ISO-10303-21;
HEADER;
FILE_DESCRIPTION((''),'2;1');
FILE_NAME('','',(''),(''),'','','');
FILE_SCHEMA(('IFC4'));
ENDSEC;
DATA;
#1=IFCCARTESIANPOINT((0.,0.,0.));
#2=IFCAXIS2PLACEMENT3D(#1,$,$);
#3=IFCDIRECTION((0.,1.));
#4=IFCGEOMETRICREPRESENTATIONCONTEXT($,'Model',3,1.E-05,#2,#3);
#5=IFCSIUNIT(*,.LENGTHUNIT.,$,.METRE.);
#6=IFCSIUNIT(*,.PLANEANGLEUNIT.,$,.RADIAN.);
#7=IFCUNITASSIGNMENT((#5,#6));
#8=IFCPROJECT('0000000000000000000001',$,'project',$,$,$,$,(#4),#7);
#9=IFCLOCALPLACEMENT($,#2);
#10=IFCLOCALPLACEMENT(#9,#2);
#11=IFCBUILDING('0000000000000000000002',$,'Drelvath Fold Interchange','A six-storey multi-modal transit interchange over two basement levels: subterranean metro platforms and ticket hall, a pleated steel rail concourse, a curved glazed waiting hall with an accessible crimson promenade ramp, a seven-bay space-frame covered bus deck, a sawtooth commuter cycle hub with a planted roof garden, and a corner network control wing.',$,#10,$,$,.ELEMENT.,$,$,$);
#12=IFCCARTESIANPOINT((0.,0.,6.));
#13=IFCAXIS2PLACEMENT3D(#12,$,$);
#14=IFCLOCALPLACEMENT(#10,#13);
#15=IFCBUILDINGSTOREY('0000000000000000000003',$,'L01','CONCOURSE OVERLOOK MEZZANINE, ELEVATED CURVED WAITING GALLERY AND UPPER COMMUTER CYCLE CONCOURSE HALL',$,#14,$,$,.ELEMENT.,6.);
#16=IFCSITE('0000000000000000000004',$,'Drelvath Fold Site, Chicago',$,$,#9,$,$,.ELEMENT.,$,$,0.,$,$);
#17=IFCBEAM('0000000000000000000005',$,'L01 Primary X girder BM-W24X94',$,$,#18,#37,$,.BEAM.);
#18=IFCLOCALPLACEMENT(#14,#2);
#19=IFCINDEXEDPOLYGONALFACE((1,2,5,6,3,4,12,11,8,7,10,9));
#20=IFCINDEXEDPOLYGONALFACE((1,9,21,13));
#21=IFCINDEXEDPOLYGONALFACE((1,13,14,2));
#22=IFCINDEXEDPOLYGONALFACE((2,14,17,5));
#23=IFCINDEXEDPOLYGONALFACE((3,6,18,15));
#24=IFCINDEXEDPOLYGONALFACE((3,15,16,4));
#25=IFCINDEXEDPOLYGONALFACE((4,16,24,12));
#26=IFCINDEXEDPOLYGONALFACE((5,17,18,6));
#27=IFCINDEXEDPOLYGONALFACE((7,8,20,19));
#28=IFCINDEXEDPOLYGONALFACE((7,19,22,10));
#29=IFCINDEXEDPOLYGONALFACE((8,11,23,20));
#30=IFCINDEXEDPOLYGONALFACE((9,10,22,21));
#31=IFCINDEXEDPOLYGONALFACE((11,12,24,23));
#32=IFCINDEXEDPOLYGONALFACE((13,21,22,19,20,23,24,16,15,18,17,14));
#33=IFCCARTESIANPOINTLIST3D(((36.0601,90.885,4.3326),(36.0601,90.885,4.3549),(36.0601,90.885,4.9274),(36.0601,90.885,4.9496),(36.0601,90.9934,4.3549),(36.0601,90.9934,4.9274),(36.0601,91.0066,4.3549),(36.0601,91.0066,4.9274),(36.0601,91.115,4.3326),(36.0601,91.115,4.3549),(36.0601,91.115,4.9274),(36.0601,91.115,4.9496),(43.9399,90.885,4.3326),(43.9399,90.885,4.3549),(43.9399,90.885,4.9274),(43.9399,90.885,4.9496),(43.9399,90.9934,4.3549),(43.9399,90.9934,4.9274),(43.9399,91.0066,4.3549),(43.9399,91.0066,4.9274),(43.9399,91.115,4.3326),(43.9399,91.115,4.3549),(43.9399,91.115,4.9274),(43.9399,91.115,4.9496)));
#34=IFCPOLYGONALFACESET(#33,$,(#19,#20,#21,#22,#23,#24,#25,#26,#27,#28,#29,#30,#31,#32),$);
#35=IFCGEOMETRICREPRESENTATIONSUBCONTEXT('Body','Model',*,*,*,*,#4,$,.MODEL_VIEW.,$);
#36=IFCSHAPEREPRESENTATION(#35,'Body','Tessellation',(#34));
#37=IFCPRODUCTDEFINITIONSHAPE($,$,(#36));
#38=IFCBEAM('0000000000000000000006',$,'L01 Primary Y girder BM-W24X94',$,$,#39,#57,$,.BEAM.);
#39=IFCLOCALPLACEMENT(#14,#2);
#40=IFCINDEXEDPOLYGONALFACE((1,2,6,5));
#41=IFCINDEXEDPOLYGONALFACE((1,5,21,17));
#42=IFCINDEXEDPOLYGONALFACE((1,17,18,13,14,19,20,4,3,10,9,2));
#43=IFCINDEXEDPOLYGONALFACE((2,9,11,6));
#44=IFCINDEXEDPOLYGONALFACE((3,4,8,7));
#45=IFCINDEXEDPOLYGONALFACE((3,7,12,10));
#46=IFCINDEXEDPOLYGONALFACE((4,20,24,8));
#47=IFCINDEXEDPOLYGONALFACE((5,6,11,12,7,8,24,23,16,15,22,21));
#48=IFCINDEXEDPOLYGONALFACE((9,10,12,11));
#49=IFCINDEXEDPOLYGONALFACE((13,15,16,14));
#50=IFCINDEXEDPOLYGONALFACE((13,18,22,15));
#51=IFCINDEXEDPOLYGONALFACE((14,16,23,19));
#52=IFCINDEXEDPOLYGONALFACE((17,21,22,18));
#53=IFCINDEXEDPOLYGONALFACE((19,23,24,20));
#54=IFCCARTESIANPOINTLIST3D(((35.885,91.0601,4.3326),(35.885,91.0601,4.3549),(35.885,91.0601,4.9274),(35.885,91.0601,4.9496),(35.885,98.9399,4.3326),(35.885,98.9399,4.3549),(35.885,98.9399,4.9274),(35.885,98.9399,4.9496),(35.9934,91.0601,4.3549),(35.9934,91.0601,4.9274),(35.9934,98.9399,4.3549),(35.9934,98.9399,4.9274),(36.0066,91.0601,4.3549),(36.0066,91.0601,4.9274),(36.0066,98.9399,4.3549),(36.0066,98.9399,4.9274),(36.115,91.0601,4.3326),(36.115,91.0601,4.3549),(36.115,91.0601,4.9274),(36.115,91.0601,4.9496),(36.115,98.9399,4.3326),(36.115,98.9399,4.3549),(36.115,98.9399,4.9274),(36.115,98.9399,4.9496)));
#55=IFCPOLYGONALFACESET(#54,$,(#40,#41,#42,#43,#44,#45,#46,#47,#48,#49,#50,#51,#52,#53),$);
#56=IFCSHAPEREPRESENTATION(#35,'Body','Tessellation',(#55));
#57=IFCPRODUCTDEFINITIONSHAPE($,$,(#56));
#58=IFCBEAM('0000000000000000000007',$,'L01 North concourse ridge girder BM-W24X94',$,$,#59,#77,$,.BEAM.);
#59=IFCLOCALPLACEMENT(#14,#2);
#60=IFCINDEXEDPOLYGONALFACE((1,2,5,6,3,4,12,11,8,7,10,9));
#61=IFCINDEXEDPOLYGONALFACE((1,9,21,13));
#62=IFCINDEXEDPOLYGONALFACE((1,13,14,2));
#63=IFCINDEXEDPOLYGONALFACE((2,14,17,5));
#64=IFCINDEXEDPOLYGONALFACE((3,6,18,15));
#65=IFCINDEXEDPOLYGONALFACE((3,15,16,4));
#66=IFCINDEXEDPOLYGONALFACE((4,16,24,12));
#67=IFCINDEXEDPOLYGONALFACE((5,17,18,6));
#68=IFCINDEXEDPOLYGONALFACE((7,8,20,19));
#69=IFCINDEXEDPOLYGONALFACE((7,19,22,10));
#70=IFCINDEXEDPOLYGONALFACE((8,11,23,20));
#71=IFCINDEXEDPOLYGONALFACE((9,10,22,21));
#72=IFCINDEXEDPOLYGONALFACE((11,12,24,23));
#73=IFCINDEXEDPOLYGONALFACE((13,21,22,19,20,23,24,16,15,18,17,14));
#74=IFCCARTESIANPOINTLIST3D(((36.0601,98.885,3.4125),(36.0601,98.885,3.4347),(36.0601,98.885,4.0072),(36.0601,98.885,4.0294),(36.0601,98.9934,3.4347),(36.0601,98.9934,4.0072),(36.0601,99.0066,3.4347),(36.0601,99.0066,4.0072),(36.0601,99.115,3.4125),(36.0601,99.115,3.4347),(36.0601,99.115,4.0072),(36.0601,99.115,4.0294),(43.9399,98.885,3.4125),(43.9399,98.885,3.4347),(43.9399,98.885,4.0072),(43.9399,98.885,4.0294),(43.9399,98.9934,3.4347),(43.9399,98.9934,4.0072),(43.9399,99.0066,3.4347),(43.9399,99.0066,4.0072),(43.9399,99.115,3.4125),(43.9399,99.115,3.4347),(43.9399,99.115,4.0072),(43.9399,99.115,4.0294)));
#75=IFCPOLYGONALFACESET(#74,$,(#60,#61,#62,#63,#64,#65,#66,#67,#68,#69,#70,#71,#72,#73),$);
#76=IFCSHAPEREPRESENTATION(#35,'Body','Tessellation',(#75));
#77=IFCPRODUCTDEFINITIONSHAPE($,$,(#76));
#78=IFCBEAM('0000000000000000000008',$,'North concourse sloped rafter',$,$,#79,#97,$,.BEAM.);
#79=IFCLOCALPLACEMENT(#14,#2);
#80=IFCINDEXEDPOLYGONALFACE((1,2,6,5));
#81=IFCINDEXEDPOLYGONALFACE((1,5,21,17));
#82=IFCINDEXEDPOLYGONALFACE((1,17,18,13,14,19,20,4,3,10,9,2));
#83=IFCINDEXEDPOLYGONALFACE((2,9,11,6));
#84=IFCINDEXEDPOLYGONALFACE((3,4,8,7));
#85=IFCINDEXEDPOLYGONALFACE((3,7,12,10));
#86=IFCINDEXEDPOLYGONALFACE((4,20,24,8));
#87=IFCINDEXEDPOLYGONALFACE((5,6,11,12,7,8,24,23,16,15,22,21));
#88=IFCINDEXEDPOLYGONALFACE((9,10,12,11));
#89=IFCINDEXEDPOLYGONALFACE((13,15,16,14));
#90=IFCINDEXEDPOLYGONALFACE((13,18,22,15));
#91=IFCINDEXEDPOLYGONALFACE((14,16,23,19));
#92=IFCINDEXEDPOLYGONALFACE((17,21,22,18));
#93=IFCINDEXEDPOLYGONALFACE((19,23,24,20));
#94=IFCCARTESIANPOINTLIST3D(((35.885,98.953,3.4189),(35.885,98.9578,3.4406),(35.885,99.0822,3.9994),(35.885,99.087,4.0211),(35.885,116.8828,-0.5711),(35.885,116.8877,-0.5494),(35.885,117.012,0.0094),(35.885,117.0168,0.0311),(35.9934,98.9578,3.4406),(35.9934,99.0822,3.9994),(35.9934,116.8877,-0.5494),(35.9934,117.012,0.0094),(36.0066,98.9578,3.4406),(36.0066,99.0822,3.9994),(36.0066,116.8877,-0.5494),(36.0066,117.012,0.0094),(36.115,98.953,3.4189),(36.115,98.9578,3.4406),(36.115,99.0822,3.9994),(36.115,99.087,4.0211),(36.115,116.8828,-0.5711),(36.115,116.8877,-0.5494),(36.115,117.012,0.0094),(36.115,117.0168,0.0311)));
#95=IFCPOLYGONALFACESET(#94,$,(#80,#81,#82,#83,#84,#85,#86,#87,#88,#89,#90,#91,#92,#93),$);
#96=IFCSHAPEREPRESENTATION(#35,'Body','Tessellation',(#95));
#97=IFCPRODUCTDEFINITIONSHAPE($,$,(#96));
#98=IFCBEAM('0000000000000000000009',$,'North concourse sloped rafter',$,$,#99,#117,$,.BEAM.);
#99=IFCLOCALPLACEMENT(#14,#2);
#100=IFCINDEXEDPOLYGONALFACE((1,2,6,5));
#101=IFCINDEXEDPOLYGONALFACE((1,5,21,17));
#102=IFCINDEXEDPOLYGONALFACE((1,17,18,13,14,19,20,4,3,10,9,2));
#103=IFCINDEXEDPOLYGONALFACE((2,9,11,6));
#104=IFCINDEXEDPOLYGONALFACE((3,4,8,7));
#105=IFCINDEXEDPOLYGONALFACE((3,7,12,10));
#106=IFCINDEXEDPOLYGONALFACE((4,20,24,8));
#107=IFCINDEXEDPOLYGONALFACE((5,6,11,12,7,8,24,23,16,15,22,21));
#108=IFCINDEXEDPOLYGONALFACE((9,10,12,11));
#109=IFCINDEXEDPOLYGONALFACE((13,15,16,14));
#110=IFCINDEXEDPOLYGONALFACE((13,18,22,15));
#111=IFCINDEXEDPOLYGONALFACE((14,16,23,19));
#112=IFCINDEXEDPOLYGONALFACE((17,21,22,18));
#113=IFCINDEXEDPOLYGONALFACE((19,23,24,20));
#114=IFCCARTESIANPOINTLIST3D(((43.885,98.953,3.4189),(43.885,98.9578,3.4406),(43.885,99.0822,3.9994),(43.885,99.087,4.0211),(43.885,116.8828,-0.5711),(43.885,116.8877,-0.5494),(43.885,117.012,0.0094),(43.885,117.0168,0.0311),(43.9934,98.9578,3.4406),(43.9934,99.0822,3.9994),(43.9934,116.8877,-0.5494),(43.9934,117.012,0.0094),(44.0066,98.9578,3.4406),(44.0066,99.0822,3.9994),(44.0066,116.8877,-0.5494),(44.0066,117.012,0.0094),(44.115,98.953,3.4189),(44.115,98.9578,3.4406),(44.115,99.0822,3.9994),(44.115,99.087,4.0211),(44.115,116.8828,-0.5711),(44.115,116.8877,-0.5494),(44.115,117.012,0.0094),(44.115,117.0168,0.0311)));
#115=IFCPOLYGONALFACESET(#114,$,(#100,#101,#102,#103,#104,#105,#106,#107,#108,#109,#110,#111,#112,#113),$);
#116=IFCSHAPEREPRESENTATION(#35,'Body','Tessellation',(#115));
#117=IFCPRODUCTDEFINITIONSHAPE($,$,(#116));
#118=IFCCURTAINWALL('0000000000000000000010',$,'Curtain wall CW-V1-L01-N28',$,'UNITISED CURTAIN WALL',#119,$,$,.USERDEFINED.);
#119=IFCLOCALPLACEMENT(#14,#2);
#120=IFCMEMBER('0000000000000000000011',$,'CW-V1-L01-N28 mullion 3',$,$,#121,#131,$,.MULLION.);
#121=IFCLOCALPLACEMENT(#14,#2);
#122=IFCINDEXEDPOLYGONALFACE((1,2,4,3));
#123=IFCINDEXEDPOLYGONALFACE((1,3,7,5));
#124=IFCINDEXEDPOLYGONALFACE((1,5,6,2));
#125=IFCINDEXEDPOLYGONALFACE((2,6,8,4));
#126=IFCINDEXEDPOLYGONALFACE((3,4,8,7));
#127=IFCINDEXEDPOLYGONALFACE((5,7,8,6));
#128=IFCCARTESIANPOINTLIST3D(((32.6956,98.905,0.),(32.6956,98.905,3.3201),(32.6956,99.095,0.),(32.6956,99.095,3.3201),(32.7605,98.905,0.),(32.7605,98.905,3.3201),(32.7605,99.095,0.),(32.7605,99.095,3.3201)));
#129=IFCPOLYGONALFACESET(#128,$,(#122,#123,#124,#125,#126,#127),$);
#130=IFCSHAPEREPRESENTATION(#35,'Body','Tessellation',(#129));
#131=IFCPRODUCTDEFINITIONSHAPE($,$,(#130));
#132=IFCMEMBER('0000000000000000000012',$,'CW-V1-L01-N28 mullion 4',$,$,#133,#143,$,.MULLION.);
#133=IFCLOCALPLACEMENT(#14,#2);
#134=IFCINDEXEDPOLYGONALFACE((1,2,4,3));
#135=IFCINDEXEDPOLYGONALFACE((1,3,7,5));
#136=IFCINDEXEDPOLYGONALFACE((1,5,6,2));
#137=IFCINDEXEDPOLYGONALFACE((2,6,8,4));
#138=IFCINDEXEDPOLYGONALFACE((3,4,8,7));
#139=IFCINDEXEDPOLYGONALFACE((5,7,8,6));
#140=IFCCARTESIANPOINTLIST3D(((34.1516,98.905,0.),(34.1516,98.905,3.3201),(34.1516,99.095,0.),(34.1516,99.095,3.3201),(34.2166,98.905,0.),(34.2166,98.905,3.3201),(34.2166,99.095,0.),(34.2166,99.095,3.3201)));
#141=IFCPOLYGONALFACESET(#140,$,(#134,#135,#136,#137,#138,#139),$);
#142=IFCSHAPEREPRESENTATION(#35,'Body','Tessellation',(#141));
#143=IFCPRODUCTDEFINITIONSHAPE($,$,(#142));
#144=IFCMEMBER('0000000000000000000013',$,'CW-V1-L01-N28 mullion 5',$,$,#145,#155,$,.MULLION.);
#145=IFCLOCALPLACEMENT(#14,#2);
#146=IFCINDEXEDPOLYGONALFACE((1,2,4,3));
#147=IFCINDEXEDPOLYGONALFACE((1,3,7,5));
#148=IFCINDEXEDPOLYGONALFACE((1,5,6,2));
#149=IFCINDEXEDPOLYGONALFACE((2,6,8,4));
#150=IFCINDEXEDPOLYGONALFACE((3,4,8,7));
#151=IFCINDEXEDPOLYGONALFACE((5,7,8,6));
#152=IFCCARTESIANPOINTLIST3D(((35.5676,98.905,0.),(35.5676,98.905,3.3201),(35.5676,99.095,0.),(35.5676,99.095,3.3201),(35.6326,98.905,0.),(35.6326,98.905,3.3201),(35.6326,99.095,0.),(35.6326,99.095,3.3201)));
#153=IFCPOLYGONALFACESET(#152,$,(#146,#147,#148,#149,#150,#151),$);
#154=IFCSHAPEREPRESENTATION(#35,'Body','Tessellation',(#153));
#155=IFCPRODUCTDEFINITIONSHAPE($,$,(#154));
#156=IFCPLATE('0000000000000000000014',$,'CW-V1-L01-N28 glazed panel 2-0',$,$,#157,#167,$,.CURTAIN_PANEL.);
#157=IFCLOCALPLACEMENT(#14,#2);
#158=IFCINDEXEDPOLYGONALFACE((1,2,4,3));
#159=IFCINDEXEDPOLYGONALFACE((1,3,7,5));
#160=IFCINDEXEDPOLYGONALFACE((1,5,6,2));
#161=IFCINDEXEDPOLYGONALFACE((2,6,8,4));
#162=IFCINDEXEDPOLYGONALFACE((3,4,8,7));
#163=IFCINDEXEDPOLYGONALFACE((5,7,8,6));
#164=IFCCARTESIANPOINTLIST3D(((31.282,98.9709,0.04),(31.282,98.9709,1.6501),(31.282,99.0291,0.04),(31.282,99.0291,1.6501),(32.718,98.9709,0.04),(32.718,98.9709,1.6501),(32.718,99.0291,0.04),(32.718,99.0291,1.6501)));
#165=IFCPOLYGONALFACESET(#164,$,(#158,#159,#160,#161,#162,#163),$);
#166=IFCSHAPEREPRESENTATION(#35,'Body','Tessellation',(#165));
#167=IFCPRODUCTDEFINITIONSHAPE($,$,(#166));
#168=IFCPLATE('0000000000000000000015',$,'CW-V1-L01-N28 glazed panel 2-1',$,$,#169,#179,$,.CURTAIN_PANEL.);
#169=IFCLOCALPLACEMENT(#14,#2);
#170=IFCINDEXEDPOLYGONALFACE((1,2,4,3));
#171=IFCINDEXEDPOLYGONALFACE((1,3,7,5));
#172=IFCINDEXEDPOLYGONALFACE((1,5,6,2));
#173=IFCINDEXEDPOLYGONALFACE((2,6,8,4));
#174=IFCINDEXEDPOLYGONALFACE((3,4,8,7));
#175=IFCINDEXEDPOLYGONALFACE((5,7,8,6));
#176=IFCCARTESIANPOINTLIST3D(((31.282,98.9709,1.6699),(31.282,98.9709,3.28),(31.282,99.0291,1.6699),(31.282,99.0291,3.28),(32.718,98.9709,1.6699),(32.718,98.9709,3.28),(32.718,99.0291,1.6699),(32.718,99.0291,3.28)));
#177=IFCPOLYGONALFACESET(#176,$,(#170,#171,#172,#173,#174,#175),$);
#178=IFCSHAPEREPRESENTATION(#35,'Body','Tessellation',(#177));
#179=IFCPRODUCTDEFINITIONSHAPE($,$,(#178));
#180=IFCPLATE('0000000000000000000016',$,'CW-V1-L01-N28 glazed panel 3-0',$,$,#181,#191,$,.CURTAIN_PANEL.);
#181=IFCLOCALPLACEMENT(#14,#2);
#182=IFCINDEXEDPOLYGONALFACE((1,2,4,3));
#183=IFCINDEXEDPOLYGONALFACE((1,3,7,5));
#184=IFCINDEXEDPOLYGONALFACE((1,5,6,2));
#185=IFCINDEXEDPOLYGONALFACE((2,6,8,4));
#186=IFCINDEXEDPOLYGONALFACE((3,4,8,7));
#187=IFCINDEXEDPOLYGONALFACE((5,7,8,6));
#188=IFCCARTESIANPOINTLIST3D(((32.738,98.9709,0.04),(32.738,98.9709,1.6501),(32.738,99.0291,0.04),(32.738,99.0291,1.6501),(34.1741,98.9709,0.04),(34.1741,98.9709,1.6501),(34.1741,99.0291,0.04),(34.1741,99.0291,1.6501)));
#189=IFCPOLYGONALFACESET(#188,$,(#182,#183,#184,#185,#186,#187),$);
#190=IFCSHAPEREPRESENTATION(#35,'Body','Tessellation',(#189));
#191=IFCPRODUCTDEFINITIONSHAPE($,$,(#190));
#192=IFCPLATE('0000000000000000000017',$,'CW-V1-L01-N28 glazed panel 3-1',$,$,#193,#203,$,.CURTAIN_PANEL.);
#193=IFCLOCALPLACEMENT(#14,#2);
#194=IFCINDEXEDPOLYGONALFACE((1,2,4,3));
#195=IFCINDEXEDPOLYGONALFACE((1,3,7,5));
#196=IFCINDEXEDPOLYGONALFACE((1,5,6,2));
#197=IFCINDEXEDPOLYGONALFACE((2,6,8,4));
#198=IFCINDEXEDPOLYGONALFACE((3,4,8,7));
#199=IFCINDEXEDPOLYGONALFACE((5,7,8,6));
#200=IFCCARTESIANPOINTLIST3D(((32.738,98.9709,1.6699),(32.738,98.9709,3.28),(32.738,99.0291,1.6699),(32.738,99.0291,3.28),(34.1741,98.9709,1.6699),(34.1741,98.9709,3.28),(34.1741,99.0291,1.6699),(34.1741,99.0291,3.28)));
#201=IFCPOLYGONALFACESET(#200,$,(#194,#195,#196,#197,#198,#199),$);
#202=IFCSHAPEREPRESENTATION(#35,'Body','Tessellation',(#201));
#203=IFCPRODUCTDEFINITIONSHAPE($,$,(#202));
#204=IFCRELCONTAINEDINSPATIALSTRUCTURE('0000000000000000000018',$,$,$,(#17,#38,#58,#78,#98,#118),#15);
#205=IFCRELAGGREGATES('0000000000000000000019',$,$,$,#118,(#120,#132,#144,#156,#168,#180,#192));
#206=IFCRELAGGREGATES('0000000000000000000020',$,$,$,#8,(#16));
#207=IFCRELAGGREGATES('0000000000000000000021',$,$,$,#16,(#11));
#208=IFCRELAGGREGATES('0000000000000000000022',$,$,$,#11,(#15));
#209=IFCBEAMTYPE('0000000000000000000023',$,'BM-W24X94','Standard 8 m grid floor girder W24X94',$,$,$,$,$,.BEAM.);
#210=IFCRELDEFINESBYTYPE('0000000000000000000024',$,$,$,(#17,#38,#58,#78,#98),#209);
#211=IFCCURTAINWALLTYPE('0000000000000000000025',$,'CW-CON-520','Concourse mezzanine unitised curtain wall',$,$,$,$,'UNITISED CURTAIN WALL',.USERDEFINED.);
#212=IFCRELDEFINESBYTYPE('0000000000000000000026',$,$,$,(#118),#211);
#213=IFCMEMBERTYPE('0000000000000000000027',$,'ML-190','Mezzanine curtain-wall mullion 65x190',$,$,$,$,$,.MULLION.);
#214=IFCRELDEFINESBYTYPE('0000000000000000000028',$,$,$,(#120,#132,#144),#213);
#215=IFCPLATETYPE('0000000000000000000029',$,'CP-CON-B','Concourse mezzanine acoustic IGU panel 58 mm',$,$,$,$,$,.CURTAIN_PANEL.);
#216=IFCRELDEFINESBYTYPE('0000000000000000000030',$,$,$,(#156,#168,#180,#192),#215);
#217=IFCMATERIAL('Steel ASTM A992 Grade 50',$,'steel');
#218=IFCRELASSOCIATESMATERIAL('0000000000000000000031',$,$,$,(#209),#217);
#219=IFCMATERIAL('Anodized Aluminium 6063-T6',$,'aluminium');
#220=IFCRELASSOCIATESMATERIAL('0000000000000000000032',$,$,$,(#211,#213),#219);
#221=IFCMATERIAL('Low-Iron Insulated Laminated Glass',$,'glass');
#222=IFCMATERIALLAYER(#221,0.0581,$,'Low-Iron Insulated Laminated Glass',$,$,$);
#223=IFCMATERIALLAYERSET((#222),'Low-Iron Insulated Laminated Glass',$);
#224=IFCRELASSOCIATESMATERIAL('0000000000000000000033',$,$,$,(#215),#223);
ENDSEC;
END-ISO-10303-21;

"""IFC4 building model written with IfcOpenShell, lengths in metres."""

from ifc_helpers import new_model, si_unit, direction, frame, origin, origin_2d, place, context, subcontext, project, spatial, rectangle, i_section, extrude, material, layer, layer_set, material_profile, profile_set, type_object, element, aggregate, save


model = new_model("IFC4")

# Units and contexts
model_context = context("Model", 3, precision=1e-05, world=origin(), true_north=direction((0.0, 1.0)))
body_context = subcontext(model_context, "Body", "Model", "MODEL_VIEW")
ifc_project = project(units=[si_unit("LENGTHUNIT", "METRE"), si_unit("PLANEANGLEUNIT", "RADIAN")], contexts=[model_context])

# Site, building, storey
site_placement = place(None, origin())
site = spatial("IfcSite", under=ifc_project, at=site_placement, Name="Drelvath Fold Site, Chicago", CompositionType="ELEMENT", RefElevation=0.0)
building_placement = place(site_placement, origin())
building = spatial("IfcBuilding", under=site, at=building_placement, Name="Drelvath Fold Interchange", Description="A six-storey multi-modal transit interchange over two basement levels: subterranean metro platforms and ticket hall, a pleated steel rail concourse, a curved glazed waiting hall with an accessible crimson promenade ramp, a seven-bay space-frame covered bus deck, a sawtooth commuter cycle hub with a planted roof garden, and a corner network control wing.", CompositionType="ELEMENT")
storey_placement = place(building_placement, frame((0.0, 0.0, 6.0)))
storey = spatial("IfcBuildingStorey", under=building, at=storey_placement, Name="L01", Description="CONCOURSE OVERLOOK MEZZANINE, ELEVATED CURVED WAITING GALLERY AND UPPER COMMUTER CYCLE CONCOURSE HALL", CompositionType="ELEMENT", Elevation=6.0)

# Beams
ifc_material_1 = material(Name="Steel ASTM A992 Grade 50", Category="steel")
ifc_material_profile_1 = material_profile(ifc_material_1, i_section(OverallWidth=0.23, OverallDepth=0.6169, WebThickness=0.0132, FlangeThickness=0.0222, at=origin_2d()), Name="W24X94")
ifc_profile_set_1 = profile_set([ifc_material_profile_1], Name="Steel ASTM A992 Grade 50")
beam_type_1 = type_object("IfcBeamType", Name="BM-W24X94", Description="Standard 8 m grid floor girder W24X94", PredefinedType="BEAM", material=ifc_profile_set_1)
for number, where, z_axis, x_axis, name in (
    (1, (36.0601, 91.0, 4.6411), (1.0, 0.0, 0.0), (0.0, 1.0, 0.0), "L01 Primary X girder BM-W24X94"),
    (2, (36.0, 91.0601, 4.6411), (0.0, 1.0, 0.0), (-1.0, 0.0, 0.0), "L01 Primary Y girder BM-W24X94"),
    (3, (36.0601, 99.0, 3.7209), (1.0, 0.0, 0.0), (0.0, 1.0, 0.0), "L01 North concourse ridge girder BM-W24X94"),
):
    element("IfcBeam", number, at=place(storey_placement, frame(where, z_axis=z_axis, x_axis=x_axis)), inside=storey, type_object=beam_type_1, Name=name, PredefinedType="BEAM", context=body_context, shape_type="SweptSolid", body=[
        extrude(i_section(OverallWidth=0.23, OverallDepth=0.6169, WebThickness=0.0132, FlangeThickness=0.0222, at=origin_2d()), origin(), (0.0, 0.0, 1.0), 7.8799),
    ])
for number, where, z_axis, x_axis, name in (
    (4, (36.0, 99.02, 3.72), (0.0, 0.976123, -0.217219), (-1.0, 0.0, 0.0), "North concourse sloped rafter"),
    (5, (44.0, 99.02, 3.72), (0.0, 0.976123, -0.217219), (-1.0, 0.0, 0.0), "North concourse sloped rafter"),
):
    element("IfcBeam", number, at=place(storey_placement, frame(where, z_axis=z_axis, x_axis=x_axis)), inside=storey, type_object=beam_type_1, Name=name, PredefinedType="BEAM", context=body_context, shape_type="SweptSolid", body=[
        extrude(i_section(OverallWidth=0.23, OverallDepth=0.6169, WebThickness=0.0132, FlangeThickness=0.0222, at=origin_2d()), origin(), (0.0, 0.0, 1.0), 18.3684),
    ])

# Curtain wall, members, plates
ifc_material_2 = material(Name="Anodized Aluminium 6063-T6", Category="aluminium")
curtain_wall_type = type_object("IfcCurtainWallType", Name="CW-CON-520", Description="Concourse mezzanine unitised curtain wall", ElementType="UNITISED CURTAIN WALL", PredefinedType="USERDEFINED", material=ifc_material_2)
curtain_wall_placement = place(storey_placement, origin())
curtain_wall = element("IfcCurtainWall", 6, at=curtain_wall_placement, inside=storey, type_object=curtain_wall_type, Name="Curtain wall CW-V1-L01-N28", ObjectType="UNITISED CURTAIN WALL", PredefinedType="USERDEFINED")
ifc_material_profile_2 = material_profile(ifc_material_2, rectangle(XDim=0.0649, YDim=0.1899, at=origin_2d()), Name="AL-M 65x190")
ifc_profile_set_2 = profile_set([ifc_material_profile_2], Name="Anodized Aluminium 6063-T6")
member_type = type_object("IfcMemberType", Name="ML-190", Description="Mezzanine curtain-wall mullion 65x190", PredefinedType="MULLION", material=ifc_profile_set_2)
member_1_placement = place(storey_placement, frame((32.728, 99.0, 0.0), z_axis=(0.0, 0.0, 1.0), x_axis=(1.0, 0.0, 0.0)))
member_1 = element("IfcMember", 7, at=member_1_placement, type_object=member_type, Name="CW-V1-L01-N28 mullion 3", PredefinedType="MULLION", context=body_context, shape_type="SweptSolid", body=[
    extrude(rectangle(XDim=0.0649, YDim=0.1899, at=origin_2d()), origin(), (0.0, 0.0, 1.0), 3.3201),
])
member_2_placement = place(storey_placement, frame((34.1841, 99.0, 0.0), z_axis=(0.0, 0.0, 1.0), x_axis=(1.0, 0.0, 0.0)))
member_2 = element("IfcMember", 8, at=member_2_placement, type_object=member_type, Name="CW-V1-L01-N28 mullion 4", PredefinedType="MULLION", context=body_context, shape_type="SweptSolid", body=[
    extrude(rectangle(XDim=0.0649, YDim=0.1899, at=origin_2d()), origin(), (0.0, 0.0, 1.0), 3.3201),
])
member_3_placement = place(storey_placement, frame((35.6001, 99.0, 0.0), z_axis=(0.0, 0.0, 1.0), x_axis=(1.0, 0.0, 0.0)))
member_3 = element("IfcMember", 9, at=member_3_placement, type_object=member_type, Name="CW-V1-L01-N28 mullion 5", PredefinedType="MULLION", context=body_context, shape_type="SweptSolid", body=[
    extrude(rectangle(XDim=0.0649, YDim=0.1899, at=origin_2d()), origin(), (0.0, 0.0, 1.0), 3.3201),
])
ifc_material_3 = material(Name="Low-Iron Insulated Laminated Glass", Category="glass")
ifc_layer_1 = layer(ifc_material_3, 0.0581, Name="Low-Iron Insulated Laminated Glass")
ifc_layer_set_1 = layer_set([ifc_layer_1], Name="Low-Iron Insulated Laminated Glass")
plate_type = type_object("IfcPlateType", Name="CP-CON-B", Description="Concourse mezzanine acoustic IGU panel 58 mm", PredefinedType="CURTAIN_PANEL", material=ifc_layer_set_1)
plate_1_placement = place(storey_placement, frame((32.0, 99.0, 0.04), z_axis=(0.0, 0.0, 1.0), x_axis=(1.0, 0.0, 0.0)))
plate_1 = element("IfcPlate", 10, at=plate_1_placement, type_object=plate_type, Name="CW-V1-L01-N28 glazed panel 2-0", PredefinedType="CURTAIN_PANEL", context=body_context, shape_type="SweptSolid", body=[
    extrude(rectangle(XDim=1.436, YDim=0.0581, at=origin_2d()), origin(), (0.0, 0.0, 1.0), 1.6101),
])
plate_2_placement = place(storey_placement, frame((32.0, 99.0, 1.6699), z_axis=(0.0, 0.0, 1.0), x_axis=(1.0, 0.0, 0.0)))
plate_2 = element("IfcPlate", 11, at=plate_2_placement, type_object=plate_type, Name="CW-V1-L01-N28 glazed panel 2-1", PredefinedType="CURTAIN_PANEL", context=body_context, shape_type="SweptSolid", body=[
    extrude(rectangle(XDim=1.436, YDim=0.0581, at=origin_2d()), origin(), (0.0, 0.0, 1.0), 1.6101),
])
plate_3_placement = place(storey_placement, frame((33.4561, 99.0, 0.04), z_axis=(0.0, 0.0, 1.0), x_axis=(1.0, 0.0, 0.0)))
plate_3 = element("IfcPlate", 12, at=plate_3_placement, type_object=plate_type, Name="CW-V1-L01-N28 glazed panel 3-0", PredefinedType="CURTAIN_PANEL", context=body_context, shape_type="SweptSolid", body=[
    extrude(rectangle(XDim=1.436, YDim=0.0581, at=origin_2d()), origin(), (0.0, 0.0, 1.0), 1.6101),
])
plate_4_placement = place(storey_placement, frame((33.4561, 99.0, 1.6699), z_axis=(0.0, 0.0, 1.0), x_axis=(1.0, 0.0, 0.0)))
plate_4 = element("IfcPlate", 13, at=plate_4_placement, type_object=plate_type, Name="CW-V1-L01-N28 glazed panel 3-1", PredefinedType="CURTAIN_PANEL", context=body_context, shape_type="SweptSolid", body=[
    extrude(rectangle(XDim=1.436, YDim=0.0581, at=origin_2d()), origin(), (0.0, 0.0, 1.0), 1.6101),
])
aggregate(curtain_wall, [member_1, member_2, member_3, plate_1, plate_2, plate_3, plate_4])

save(model, "model.ifc")
